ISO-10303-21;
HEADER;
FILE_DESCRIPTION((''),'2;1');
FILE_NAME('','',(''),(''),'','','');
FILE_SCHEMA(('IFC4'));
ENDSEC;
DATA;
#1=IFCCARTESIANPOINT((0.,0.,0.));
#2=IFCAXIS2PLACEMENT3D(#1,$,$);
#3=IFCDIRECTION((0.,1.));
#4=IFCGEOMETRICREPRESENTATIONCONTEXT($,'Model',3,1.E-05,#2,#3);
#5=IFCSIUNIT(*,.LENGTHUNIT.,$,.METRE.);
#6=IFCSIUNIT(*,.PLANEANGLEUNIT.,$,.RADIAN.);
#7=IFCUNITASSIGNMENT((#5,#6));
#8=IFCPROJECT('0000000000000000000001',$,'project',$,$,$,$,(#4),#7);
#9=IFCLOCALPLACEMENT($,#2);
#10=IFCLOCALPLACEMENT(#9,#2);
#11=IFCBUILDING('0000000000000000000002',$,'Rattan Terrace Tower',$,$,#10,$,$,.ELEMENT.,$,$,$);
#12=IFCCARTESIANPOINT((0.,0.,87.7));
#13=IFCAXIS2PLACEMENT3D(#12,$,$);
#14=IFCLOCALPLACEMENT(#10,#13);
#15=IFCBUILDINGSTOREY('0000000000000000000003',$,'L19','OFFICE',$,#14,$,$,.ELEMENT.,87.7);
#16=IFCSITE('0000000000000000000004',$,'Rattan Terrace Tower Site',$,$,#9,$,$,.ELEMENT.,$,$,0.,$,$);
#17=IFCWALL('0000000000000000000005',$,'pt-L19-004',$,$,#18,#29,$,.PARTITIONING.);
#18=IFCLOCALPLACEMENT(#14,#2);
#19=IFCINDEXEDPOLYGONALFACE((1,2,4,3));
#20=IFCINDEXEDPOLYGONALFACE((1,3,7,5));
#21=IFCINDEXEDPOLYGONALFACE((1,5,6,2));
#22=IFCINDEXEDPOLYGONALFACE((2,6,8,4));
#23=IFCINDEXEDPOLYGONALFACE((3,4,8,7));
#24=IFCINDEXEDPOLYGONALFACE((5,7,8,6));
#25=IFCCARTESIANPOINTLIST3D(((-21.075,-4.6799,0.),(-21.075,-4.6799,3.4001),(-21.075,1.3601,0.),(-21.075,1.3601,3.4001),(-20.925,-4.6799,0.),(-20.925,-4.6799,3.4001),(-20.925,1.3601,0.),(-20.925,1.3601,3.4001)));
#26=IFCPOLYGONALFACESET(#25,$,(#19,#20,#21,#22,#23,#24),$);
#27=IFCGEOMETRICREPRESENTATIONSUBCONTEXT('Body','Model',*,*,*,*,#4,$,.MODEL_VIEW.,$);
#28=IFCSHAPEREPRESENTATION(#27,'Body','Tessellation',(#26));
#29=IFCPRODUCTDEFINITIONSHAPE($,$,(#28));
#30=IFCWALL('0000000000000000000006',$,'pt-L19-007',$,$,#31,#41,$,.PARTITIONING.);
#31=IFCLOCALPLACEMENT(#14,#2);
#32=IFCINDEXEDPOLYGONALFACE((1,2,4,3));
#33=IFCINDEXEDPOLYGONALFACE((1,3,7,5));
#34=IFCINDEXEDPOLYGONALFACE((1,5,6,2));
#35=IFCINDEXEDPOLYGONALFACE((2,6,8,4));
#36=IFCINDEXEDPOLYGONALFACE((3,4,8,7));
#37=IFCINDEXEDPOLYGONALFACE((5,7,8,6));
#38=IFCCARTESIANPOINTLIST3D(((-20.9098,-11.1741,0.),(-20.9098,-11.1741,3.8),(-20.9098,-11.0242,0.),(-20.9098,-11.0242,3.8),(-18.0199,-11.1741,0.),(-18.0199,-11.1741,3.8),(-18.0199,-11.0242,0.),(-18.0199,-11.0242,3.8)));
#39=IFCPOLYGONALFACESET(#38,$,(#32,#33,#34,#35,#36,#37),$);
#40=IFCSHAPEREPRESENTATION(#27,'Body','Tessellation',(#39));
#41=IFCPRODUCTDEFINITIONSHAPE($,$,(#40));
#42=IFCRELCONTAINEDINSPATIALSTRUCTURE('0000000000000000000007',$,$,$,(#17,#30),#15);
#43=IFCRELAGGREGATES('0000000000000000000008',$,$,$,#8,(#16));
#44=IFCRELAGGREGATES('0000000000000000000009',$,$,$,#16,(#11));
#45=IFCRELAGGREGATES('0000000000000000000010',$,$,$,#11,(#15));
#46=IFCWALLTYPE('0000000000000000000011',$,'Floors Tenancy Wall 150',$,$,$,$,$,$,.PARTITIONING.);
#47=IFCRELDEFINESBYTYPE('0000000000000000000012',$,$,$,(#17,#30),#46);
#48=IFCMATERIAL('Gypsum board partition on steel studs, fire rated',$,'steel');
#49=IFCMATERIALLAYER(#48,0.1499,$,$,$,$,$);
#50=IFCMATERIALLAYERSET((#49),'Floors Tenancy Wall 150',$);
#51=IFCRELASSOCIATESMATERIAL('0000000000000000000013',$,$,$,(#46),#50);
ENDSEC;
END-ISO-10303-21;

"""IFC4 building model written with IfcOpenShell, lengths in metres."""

from ifc_helpers import new_model, si_unit, direction, frame, frame_2d, origin, place, context, subcontext, project, spatial, rectangle, extrude, material, layer, layer_set, type_object, element, save


model = new_model("IFC4")

# Units and contexts
model_context = context("Model", 3, precision=1e-05, world=origin(), true_north=direction((0.0, 1.0)))
body_context = subcontext(model_context, "Body", "Model", "MODEL_VIEW")
ifc_project = project(units=[si_unit("LENGTHUNIT", "METRE"), si_unit("PLANEANGLEUNIT", "RADIAN")], contexts=[model_context])

# Site, building, storey
site_placement = place(None, origin())
site = spatial("IfcSite", under=ifc_project, at=site_placement, Name="Rattan Terrace Tower Site", CompositionType="ELEMENT", RefElevation=0.0)
building_placement = place(site_placement, origin())
building = spatial("IfcBuilding", under=site, at=building_placement, Name="Rattan Terrace Tower", CompositionType="ELEMENT")
storey_placement = place(building_placement, frame((0.0, 0.0, 87.7)))
storey = spatial("IfcBuildingStorey", under=building, at=storey_placement, Name="L19", Description="OFFICE", CompositionType="ELEMENT", Elevation=87.7)

# Shared definitions
ifc_material_1 = material(Name="Gypsum board partition on steel studs, fire rated", Category="steel")
ifc_layer_1 = layer(ifc_material_1, 0.1499)
ifc_layer_set_1 = layer_set([ifc_layer_1], Name="Floors Tenancy Wall 150")
wall_type_1 = type_object("IfcWallType", Name="Floors Tenancy Wall 150", PredefinedType="PARTITIONING", material=ifc_layer_set_1)

# Walls
wall_1_placement = place(storey_placement, frame((-21.0, -4.6799, 0.0), z_axis=(0.0, 0.0, 1.0), x_axis=(0.0, 1.0, 0.0)))
element("IfcWall", 1, at=wall_1_placement, inside=storey, type_object=wall_type_1, Name="pt-L19-004", PredefinedType="PARTITIONING", context=body_context, shape_type="SweptSolid", body=[
    extrude(rectangle(XDim=6.04, YDim=0.1499, at=frame_2d((3.02, 0.0))), origin(), (0.0, 0.0, 1.0), 3.4001),
])
wall_2_placement = place(storey_placement, frame((-18.02, -11.0991, 0.0), z_axis=(0.0, 0.0, 1.0), x_axis=(-1.0, 0.0, 0.0)))
element("IfcWall", 2, at=wall_2_placement, inside=storey, type_object=wall_type_1, Name="pt-L19-007", PredefinedType="PARTITIONING", context=body_context, shape_type="SweptSolid", body=[
    extrude(rectangle(XDim=2.8899, YDim=0.1499, at=frame_2d((1.4448, 0.0))), origin(), (0.0, 0.0, 1.0), 3.8),
])

save(model, "model.ifc")
